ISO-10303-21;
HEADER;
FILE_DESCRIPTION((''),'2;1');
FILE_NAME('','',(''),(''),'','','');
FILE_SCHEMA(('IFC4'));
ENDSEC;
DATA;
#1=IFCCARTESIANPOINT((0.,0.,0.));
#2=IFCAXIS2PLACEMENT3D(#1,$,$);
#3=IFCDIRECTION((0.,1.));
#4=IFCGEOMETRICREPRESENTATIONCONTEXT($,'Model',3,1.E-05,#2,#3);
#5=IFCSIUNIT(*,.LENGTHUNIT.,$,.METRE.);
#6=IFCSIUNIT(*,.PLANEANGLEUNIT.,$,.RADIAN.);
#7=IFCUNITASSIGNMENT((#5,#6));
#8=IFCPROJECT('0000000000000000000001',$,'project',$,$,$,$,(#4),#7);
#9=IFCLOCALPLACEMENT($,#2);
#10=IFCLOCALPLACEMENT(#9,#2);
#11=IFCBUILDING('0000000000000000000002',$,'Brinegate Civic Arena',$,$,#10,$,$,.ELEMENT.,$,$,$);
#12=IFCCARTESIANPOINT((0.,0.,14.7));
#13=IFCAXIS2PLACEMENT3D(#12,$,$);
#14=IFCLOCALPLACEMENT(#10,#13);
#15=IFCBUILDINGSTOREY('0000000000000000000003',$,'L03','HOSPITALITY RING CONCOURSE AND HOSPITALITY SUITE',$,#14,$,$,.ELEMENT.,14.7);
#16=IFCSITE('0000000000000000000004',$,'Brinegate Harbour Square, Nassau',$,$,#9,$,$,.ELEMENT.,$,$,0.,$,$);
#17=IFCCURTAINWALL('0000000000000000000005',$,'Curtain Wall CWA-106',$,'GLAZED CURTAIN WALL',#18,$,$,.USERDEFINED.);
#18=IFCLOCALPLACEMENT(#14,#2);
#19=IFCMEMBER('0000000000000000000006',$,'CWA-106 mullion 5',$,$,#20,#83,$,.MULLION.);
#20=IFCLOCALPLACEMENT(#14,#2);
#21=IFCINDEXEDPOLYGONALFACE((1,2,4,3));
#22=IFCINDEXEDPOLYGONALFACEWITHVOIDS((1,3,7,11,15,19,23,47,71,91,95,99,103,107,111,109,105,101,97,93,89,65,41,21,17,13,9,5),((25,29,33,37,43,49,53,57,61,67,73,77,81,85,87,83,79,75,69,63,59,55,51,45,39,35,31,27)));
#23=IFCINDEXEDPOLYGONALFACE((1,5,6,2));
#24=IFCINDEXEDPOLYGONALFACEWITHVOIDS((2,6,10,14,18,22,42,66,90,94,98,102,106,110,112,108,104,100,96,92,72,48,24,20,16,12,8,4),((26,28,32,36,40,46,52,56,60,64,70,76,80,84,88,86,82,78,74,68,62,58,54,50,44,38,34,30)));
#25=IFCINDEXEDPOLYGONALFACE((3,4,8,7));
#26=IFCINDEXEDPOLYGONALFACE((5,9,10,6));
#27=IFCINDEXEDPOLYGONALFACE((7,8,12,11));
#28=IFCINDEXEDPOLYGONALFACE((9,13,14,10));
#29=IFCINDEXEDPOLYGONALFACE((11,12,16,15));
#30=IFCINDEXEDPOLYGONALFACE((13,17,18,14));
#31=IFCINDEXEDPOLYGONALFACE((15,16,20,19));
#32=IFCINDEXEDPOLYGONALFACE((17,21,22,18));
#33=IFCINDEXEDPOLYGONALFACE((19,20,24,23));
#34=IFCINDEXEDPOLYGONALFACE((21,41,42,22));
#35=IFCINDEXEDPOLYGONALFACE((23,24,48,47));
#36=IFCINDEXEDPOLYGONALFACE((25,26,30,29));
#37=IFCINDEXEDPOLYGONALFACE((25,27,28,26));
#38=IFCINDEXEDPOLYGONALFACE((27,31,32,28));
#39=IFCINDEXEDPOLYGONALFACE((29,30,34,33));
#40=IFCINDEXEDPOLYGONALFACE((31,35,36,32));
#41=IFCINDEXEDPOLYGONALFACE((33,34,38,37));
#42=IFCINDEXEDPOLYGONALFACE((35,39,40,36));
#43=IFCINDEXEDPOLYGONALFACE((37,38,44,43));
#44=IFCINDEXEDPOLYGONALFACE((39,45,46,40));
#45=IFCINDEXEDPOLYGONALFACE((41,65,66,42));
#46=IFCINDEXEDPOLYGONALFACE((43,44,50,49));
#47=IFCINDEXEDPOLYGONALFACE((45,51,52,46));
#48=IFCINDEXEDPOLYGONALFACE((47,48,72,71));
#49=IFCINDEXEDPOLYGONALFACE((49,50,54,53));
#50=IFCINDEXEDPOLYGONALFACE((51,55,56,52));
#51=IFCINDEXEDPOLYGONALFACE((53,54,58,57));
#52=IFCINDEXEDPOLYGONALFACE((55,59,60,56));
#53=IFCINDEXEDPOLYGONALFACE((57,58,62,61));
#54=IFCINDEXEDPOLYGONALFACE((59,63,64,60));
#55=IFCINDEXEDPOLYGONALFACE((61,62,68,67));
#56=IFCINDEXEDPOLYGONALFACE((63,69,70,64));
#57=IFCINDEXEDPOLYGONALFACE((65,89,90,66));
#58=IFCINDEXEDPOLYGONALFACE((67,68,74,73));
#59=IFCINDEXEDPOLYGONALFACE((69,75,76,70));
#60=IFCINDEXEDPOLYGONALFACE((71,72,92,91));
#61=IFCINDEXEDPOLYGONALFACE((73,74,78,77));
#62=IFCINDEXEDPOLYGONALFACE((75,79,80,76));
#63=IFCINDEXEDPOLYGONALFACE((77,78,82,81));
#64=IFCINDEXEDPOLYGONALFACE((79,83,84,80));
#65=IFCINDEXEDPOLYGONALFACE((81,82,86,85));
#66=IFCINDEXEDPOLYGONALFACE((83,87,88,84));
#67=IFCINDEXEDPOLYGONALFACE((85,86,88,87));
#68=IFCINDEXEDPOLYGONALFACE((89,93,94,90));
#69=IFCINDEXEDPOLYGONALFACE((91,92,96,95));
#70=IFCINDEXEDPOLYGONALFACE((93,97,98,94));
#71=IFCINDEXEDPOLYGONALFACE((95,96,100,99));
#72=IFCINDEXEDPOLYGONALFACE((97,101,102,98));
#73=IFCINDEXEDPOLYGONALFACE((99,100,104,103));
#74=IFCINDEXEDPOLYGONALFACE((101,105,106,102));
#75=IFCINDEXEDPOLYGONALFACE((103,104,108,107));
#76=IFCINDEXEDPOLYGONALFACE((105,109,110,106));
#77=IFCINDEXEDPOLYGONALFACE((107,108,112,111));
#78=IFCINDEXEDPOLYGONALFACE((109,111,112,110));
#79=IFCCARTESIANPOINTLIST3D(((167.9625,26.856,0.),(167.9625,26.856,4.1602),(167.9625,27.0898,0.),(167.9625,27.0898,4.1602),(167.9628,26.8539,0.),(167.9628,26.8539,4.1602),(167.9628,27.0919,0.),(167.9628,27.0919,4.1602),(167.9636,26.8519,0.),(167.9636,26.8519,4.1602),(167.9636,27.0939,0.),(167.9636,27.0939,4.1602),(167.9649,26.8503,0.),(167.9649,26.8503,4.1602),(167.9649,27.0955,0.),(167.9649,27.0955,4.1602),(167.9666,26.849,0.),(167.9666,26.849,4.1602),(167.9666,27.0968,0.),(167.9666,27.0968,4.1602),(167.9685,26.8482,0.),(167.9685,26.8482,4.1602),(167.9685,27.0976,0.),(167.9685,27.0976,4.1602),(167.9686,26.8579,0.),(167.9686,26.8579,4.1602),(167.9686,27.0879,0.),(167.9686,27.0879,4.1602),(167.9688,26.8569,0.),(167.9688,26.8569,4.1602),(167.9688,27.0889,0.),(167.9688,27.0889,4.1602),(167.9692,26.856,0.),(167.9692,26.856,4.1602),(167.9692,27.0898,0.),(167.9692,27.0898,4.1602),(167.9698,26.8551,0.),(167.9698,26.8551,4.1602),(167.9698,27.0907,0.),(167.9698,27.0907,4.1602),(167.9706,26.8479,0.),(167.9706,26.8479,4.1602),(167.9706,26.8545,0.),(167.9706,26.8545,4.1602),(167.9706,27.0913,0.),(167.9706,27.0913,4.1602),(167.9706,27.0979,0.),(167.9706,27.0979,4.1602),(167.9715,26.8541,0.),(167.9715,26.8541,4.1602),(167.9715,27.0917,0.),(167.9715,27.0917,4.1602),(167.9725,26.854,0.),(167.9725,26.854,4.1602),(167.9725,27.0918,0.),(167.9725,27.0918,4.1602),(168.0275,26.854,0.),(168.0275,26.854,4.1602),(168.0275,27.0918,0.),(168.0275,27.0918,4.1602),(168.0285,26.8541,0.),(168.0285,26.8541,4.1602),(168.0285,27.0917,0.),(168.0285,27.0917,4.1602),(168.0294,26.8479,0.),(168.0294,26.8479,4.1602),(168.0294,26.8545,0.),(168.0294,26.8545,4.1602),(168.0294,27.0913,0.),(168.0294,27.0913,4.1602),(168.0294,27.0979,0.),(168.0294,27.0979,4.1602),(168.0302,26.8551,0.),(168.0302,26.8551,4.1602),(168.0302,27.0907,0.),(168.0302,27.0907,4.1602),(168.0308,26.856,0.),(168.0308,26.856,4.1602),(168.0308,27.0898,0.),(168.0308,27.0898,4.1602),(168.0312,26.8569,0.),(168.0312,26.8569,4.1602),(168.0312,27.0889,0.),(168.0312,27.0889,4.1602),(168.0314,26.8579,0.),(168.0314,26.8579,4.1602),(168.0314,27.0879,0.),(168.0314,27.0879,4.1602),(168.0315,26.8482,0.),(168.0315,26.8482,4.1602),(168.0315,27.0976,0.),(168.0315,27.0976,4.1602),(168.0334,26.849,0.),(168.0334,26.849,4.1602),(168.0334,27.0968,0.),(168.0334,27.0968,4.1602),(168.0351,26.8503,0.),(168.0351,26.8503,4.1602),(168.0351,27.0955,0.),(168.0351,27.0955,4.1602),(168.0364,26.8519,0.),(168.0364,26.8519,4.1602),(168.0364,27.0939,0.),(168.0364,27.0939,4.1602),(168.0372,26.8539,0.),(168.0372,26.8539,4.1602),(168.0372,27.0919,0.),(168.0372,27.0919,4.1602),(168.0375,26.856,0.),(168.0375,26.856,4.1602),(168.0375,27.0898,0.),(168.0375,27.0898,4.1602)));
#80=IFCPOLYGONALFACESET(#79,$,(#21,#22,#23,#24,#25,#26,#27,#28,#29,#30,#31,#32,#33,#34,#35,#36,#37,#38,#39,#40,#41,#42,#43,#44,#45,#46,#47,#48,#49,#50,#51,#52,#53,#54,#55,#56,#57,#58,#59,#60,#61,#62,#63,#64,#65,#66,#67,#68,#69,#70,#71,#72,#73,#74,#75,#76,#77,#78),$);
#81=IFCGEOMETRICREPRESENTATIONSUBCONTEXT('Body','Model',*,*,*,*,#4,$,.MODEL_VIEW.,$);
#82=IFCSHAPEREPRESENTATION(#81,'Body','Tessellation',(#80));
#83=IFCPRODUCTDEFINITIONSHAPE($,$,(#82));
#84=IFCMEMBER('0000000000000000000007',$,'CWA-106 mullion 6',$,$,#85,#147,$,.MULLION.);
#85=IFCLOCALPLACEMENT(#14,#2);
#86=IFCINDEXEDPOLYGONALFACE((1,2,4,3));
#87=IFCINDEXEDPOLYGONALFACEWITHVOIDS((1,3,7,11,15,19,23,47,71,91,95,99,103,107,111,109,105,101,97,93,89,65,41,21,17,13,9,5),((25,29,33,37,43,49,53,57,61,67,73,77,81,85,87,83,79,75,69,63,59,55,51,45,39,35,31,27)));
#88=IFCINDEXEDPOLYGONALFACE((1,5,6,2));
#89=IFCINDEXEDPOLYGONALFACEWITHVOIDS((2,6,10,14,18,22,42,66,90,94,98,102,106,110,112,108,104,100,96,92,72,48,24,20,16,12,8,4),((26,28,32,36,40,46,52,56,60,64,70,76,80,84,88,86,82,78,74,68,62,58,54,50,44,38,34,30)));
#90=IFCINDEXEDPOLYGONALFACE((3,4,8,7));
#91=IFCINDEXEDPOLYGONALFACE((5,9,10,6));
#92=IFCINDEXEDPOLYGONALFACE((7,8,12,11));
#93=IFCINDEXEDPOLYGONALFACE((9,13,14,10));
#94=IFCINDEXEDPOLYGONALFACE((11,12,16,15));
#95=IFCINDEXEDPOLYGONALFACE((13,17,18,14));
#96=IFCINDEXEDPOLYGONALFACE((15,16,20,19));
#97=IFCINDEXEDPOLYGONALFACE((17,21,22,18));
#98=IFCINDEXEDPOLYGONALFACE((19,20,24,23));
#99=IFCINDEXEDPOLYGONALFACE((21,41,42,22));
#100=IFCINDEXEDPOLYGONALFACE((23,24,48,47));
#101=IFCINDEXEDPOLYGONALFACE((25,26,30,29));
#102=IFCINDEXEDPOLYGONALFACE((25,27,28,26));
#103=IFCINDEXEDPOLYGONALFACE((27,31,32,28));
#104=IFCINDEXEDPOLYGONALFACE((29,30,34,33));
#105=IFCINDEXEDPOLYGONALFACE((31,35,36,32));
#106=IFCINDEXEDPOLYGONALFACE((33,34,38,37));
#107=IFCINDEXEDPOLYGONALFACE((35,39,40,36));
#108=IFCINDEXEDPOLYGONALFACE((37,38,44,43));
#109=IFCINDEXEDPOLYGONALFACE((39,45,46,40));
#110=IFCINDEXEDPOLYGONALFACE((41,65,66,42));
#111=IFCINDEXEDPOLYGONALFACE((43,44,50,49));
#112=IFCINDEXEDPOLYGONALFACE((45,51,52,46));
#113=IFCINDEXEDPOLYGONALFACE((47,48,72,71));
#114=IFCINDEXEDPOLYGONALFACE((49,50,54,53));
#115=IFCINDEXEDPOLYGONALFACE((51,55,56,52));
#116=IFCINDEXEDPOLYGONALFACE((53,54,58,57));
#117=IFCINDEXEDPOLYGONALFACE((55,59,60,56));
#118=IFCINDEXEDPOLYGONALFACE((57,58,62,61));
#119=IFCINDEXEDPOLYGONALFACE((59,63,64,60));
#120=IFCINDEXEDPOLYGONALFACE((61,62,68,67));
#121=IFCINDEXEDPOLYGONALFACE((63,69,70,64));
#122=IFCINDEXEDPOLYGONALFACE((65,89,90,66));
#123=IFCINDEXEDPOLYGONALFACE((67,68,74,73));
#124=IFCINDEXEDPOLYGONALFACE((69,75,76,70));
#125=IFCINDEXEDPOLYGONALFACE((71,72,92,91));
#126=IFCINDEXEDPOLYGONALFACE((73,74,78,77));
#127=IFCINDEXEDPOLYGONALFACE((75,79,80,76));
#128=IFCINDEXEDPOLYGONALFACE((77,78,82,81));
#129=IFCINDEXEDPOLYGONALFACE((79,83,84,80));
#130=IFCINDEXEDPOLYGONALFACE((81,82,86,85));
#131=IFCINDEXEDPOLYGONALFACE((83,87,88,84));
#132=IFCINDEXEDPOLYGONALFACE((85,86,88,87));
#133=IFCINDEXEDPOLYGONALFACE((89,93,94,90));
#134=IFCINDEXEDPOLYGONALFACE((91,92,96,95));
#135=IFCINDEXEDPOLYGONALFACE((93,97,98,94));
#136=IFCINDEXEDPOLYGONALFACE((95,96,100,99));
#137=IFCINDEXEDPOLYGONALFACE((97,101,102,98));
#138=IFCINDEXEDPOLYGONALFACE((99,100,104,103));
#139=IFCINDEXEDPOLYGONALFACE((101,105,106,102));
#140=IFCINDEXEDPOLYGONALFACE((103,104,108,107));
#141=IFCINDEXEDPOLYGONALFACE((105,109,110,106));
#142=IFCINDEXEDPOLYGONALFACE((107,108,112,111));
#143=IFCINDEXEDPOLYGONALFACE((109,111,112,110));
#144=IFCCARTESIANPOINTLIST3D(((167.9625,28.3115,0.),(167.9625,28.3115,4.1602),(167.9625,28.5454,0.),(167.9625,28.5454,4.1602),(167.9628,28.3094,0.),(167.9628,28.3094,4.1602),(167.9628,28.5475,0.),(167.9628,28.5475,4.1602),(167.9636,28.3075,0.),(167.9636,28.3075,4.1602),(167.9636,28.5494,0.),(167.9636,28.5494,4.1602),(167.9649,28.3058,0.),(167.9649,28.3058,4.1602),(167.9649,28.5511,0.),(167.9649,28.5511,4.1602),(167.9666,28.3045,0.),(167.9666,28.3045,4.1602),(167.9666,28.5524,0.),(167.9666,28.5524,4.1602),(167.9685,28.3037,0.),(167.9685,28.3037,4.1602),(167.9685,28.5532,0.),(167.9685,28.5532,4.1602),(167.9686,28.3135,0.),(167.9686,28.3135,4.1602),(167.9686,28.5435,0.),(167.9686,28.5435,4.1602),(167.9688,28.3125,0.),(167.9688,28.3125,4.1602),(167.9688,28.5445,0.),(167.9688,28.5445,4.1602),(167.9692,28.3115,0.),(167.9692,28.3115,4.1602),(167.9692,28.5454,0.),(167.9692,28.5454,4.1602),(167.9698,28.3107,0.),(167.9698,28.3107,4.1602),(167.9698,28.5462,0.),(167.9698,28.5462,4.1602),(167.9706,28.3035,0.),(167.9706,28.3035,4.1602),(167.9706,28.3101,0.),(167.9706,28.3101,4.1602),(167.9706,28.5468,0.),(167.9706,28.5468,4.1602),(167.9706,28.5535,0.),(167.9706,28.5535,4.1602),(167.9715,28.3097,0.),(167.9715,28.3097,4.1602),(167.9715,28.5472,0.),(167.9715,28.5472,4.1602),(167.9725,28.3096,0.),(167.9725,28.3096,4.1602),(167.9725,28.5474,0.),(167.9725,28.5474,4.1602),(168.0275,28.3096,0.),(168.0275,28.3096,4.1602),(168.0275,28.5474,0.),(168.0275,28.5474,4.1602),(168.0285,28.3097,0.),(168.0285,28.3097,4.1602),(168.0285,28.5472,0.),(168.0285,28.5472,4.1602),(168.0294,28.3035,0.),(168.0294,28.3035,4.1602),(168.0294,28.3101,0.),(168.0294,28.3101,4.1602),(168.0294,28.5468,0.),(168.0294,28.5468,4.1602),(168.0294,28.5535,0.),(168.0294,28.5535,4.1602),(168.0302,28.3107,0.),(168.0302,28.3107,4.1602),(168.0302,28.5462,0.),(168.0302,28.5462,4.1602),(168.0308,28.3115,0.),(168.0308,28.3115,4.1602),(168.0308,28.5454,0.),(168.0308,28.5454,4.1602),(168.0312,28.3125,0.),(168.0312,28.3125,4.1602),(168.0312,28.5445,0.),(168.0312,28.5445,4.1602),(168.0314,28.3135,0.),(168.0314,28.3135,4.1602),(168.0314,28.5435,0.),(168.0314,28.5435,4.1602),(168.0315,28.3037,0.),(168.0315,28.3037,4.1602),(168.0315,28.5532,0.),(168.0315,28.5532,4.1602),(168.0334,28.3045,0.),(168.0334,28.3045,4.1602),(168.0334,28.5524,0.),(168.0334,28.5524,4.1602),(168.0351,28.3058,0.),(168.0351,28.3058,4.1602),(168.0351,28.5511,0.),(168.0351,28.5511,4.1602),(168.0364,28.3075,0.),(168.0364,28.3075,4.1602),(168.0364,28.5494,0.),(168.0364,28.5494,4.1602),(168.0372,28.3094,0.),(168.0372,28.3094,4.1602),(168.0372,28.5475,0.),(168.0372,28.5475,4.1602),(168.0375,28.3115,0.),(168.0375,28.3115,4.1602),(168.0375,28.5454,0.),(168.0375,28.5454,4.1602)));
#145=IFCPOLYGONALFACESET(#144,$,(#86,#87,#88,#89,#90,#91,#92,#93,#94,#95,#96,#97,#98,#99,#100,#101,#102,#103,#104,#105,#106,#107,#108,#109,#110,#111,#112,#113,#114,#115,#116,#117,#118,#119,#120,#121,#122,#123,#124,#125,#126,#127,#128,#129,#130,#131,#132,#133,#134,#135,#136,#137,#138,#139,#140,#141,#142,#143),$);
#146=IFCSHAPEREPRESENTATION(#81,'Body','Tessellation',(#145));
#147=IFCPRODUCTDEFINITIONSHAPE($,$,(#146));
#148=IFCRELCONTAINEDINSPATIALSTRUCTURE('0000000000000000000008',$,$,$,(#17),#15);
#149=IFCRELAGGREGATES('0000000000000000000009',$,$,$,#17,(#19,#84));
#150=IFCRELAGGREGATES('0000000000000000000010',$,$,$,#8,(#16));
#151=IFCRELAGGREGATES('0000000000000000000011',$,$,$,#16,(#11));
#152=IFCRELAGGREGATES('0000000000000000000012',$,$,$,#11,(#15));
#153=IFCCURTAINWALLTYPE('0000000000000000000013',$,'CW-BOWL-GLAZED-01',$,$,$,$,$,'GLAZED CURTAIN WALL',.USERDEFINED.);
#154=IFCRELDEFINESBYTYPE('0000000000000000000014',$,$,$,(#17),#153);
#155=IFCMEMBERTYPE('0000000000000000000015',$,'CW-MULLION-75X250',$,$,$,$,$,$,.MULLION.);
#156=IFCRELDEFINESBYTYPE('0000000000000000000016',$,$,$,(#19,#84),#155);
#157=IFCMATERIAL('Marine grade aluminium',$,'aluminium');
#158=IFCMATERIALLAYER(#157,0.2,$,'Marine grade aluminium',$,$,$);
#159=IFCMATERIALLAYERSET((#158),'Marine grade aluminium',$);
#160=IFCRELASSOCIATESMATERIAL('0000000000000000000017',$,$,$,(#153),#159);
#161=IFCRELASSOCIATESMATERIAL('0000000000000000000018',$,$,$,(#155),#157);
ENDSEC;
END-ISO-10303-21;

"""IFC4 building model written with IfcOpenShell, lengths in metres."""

from ifc_helpers import new_model, si_unit, direction, frame, origin, origin_2d, place, context, subcontext, project, spatial, hollow_rectangle, extrude, material, layer, layer_set, material_profile, profile_set, type_object, element, aggregate, save


model = new_model("IFC4")

# Units and contexts
model_context = context("Model", 3, precision=1e-05, world=origin(), true_north=direction((0.0, 1.0)))
body_context = subcontext(model_context, "Body", "Model", "MODEL_VIEW")
ifc_project = project(units=[si_unit("LENGTHUNIT", "METRE"), si_unit("PLANEANGLEUNIT", "RADIAN")], contexts=[model_context])

# Site, building, storey
site_placement = place(None, origin())
site = spatial("IfcSite", under=ifc_project, at=site_placement, Name="Brinegate Harbour Square, Nassau", CompositionType="ELEMENT", RefElevation=0.0)
building_placement = place(site_placement, origin())
building = spatial("IfcBuilding", under=site, at=building_placement, Name="Brinegate Civic Arena", CompositionType="ELEMENT")
storey_placement = place(building_placement, frame((0.0, 0.0, 14.7)))
storey = spatial("IfcBuildingStorey", under=building, at=storey_placement, Name="L03", Description="HOSPITALITY RING CONCOURSE AND HOSPITALITY SUITE", CompositionType="ELEMENT", Elevation=14.7)

# Shared definitions
ifc_material_1 = material(Name="Marine grade aluminium", Category="aluminium")
ifc_layer_1 = layer(ifc_material_1, 0.2, Name="Marine grade aluminium")
ifc_layer_set_1 = layer_set([ifc_layer_1], Name="Marine grade aluminium")
curtain_wall_type = type_object("IfcCurtainWallType", Name="CW-BOWL-GLAZED-01", ElementType="GLAZED CURTAIN WALL", PredefinedType="USERDEFINED", material=ifc_layer_set_1)

# Curtain wall, members
curtain_wall_1_placement = place(storey_placement, origin())
curtain_wall_1 = element("IfcCurtainWall", 1, at=curtain_wall_1_placement, inside=storey, type_object=curtain_wall_type, Name="Curtain Wall CWA-106", ObjectType="GLAZED CURTAIN WALL", PredefinedType="USERDEFINED")
ifc_material_profile_1 = material_profile(ifc_material_1, hollow_rectangle(XDim=0.075, YDim=0.25, WallThickness=0.0061, InnerFilletRadius=0.0039, OuterFilletRadius=0.0081, at=origin_2d()), Name="MUL75X250")
ifc_profile_set_1 = profile_set([ifc_material_profile_1], Name="Marine grade aluminium")
member_type_1 = type_object("IfcMemberType", Name="CW-MULLION-75X250", PredefinedType="MULLION", material=ifc_profile_set_1)
member_1_placement = place(storey_placement, frame((168.0, 26.9729, 0.0), z_axis=(0.0, 0.0, 1.0), x_axis=(-1.0, 0.0, 0.0)))
member_1 = element("IfcMember", 2, at=member_1_placement, type_object=member_type_1, Name="CWA-106 mullion 5", PredefinedType="MULLION", context=body_context, shape_type="SweptSolid", body=[
    extrude(hollow_rectangle(XDim=0.075, YDim=0.25, WallThickness=0.0061, InnerFilletRadius=0.0039, OuterFilletRadius=0.0081, at=origin_2d()), origin(), (0.0, 0.0, 1.0), 4.1602),
])
member_2_placement = place(storey_placement, frame((168.0, 28.4285, 0.0), z_axis=(0.0, 0.0, 1.0), x_axis=(-1.0, 0.0, 0.0)))
member_2 = element("IfcMember", 3, at=member_2_placement, type_object=member_type_1, Name="CWA-106 mullion 6", PredefinedType="MULLION", context=body_context, shape_type="SweptSolid", body=[
    extrude(hollow_rectangle(XDim=0.075, YDim=0.25, WallThickness=0.0061, InnerFilletRadius=0.0039, OuterFilletRadius=0.0081, at=origin_2d()), origin(), (0.0, 0.0, 1.0), 4.1602),
])

aggregate(curtain_wall_1, [member_1, member_2])

save(model, "model.ifc")
